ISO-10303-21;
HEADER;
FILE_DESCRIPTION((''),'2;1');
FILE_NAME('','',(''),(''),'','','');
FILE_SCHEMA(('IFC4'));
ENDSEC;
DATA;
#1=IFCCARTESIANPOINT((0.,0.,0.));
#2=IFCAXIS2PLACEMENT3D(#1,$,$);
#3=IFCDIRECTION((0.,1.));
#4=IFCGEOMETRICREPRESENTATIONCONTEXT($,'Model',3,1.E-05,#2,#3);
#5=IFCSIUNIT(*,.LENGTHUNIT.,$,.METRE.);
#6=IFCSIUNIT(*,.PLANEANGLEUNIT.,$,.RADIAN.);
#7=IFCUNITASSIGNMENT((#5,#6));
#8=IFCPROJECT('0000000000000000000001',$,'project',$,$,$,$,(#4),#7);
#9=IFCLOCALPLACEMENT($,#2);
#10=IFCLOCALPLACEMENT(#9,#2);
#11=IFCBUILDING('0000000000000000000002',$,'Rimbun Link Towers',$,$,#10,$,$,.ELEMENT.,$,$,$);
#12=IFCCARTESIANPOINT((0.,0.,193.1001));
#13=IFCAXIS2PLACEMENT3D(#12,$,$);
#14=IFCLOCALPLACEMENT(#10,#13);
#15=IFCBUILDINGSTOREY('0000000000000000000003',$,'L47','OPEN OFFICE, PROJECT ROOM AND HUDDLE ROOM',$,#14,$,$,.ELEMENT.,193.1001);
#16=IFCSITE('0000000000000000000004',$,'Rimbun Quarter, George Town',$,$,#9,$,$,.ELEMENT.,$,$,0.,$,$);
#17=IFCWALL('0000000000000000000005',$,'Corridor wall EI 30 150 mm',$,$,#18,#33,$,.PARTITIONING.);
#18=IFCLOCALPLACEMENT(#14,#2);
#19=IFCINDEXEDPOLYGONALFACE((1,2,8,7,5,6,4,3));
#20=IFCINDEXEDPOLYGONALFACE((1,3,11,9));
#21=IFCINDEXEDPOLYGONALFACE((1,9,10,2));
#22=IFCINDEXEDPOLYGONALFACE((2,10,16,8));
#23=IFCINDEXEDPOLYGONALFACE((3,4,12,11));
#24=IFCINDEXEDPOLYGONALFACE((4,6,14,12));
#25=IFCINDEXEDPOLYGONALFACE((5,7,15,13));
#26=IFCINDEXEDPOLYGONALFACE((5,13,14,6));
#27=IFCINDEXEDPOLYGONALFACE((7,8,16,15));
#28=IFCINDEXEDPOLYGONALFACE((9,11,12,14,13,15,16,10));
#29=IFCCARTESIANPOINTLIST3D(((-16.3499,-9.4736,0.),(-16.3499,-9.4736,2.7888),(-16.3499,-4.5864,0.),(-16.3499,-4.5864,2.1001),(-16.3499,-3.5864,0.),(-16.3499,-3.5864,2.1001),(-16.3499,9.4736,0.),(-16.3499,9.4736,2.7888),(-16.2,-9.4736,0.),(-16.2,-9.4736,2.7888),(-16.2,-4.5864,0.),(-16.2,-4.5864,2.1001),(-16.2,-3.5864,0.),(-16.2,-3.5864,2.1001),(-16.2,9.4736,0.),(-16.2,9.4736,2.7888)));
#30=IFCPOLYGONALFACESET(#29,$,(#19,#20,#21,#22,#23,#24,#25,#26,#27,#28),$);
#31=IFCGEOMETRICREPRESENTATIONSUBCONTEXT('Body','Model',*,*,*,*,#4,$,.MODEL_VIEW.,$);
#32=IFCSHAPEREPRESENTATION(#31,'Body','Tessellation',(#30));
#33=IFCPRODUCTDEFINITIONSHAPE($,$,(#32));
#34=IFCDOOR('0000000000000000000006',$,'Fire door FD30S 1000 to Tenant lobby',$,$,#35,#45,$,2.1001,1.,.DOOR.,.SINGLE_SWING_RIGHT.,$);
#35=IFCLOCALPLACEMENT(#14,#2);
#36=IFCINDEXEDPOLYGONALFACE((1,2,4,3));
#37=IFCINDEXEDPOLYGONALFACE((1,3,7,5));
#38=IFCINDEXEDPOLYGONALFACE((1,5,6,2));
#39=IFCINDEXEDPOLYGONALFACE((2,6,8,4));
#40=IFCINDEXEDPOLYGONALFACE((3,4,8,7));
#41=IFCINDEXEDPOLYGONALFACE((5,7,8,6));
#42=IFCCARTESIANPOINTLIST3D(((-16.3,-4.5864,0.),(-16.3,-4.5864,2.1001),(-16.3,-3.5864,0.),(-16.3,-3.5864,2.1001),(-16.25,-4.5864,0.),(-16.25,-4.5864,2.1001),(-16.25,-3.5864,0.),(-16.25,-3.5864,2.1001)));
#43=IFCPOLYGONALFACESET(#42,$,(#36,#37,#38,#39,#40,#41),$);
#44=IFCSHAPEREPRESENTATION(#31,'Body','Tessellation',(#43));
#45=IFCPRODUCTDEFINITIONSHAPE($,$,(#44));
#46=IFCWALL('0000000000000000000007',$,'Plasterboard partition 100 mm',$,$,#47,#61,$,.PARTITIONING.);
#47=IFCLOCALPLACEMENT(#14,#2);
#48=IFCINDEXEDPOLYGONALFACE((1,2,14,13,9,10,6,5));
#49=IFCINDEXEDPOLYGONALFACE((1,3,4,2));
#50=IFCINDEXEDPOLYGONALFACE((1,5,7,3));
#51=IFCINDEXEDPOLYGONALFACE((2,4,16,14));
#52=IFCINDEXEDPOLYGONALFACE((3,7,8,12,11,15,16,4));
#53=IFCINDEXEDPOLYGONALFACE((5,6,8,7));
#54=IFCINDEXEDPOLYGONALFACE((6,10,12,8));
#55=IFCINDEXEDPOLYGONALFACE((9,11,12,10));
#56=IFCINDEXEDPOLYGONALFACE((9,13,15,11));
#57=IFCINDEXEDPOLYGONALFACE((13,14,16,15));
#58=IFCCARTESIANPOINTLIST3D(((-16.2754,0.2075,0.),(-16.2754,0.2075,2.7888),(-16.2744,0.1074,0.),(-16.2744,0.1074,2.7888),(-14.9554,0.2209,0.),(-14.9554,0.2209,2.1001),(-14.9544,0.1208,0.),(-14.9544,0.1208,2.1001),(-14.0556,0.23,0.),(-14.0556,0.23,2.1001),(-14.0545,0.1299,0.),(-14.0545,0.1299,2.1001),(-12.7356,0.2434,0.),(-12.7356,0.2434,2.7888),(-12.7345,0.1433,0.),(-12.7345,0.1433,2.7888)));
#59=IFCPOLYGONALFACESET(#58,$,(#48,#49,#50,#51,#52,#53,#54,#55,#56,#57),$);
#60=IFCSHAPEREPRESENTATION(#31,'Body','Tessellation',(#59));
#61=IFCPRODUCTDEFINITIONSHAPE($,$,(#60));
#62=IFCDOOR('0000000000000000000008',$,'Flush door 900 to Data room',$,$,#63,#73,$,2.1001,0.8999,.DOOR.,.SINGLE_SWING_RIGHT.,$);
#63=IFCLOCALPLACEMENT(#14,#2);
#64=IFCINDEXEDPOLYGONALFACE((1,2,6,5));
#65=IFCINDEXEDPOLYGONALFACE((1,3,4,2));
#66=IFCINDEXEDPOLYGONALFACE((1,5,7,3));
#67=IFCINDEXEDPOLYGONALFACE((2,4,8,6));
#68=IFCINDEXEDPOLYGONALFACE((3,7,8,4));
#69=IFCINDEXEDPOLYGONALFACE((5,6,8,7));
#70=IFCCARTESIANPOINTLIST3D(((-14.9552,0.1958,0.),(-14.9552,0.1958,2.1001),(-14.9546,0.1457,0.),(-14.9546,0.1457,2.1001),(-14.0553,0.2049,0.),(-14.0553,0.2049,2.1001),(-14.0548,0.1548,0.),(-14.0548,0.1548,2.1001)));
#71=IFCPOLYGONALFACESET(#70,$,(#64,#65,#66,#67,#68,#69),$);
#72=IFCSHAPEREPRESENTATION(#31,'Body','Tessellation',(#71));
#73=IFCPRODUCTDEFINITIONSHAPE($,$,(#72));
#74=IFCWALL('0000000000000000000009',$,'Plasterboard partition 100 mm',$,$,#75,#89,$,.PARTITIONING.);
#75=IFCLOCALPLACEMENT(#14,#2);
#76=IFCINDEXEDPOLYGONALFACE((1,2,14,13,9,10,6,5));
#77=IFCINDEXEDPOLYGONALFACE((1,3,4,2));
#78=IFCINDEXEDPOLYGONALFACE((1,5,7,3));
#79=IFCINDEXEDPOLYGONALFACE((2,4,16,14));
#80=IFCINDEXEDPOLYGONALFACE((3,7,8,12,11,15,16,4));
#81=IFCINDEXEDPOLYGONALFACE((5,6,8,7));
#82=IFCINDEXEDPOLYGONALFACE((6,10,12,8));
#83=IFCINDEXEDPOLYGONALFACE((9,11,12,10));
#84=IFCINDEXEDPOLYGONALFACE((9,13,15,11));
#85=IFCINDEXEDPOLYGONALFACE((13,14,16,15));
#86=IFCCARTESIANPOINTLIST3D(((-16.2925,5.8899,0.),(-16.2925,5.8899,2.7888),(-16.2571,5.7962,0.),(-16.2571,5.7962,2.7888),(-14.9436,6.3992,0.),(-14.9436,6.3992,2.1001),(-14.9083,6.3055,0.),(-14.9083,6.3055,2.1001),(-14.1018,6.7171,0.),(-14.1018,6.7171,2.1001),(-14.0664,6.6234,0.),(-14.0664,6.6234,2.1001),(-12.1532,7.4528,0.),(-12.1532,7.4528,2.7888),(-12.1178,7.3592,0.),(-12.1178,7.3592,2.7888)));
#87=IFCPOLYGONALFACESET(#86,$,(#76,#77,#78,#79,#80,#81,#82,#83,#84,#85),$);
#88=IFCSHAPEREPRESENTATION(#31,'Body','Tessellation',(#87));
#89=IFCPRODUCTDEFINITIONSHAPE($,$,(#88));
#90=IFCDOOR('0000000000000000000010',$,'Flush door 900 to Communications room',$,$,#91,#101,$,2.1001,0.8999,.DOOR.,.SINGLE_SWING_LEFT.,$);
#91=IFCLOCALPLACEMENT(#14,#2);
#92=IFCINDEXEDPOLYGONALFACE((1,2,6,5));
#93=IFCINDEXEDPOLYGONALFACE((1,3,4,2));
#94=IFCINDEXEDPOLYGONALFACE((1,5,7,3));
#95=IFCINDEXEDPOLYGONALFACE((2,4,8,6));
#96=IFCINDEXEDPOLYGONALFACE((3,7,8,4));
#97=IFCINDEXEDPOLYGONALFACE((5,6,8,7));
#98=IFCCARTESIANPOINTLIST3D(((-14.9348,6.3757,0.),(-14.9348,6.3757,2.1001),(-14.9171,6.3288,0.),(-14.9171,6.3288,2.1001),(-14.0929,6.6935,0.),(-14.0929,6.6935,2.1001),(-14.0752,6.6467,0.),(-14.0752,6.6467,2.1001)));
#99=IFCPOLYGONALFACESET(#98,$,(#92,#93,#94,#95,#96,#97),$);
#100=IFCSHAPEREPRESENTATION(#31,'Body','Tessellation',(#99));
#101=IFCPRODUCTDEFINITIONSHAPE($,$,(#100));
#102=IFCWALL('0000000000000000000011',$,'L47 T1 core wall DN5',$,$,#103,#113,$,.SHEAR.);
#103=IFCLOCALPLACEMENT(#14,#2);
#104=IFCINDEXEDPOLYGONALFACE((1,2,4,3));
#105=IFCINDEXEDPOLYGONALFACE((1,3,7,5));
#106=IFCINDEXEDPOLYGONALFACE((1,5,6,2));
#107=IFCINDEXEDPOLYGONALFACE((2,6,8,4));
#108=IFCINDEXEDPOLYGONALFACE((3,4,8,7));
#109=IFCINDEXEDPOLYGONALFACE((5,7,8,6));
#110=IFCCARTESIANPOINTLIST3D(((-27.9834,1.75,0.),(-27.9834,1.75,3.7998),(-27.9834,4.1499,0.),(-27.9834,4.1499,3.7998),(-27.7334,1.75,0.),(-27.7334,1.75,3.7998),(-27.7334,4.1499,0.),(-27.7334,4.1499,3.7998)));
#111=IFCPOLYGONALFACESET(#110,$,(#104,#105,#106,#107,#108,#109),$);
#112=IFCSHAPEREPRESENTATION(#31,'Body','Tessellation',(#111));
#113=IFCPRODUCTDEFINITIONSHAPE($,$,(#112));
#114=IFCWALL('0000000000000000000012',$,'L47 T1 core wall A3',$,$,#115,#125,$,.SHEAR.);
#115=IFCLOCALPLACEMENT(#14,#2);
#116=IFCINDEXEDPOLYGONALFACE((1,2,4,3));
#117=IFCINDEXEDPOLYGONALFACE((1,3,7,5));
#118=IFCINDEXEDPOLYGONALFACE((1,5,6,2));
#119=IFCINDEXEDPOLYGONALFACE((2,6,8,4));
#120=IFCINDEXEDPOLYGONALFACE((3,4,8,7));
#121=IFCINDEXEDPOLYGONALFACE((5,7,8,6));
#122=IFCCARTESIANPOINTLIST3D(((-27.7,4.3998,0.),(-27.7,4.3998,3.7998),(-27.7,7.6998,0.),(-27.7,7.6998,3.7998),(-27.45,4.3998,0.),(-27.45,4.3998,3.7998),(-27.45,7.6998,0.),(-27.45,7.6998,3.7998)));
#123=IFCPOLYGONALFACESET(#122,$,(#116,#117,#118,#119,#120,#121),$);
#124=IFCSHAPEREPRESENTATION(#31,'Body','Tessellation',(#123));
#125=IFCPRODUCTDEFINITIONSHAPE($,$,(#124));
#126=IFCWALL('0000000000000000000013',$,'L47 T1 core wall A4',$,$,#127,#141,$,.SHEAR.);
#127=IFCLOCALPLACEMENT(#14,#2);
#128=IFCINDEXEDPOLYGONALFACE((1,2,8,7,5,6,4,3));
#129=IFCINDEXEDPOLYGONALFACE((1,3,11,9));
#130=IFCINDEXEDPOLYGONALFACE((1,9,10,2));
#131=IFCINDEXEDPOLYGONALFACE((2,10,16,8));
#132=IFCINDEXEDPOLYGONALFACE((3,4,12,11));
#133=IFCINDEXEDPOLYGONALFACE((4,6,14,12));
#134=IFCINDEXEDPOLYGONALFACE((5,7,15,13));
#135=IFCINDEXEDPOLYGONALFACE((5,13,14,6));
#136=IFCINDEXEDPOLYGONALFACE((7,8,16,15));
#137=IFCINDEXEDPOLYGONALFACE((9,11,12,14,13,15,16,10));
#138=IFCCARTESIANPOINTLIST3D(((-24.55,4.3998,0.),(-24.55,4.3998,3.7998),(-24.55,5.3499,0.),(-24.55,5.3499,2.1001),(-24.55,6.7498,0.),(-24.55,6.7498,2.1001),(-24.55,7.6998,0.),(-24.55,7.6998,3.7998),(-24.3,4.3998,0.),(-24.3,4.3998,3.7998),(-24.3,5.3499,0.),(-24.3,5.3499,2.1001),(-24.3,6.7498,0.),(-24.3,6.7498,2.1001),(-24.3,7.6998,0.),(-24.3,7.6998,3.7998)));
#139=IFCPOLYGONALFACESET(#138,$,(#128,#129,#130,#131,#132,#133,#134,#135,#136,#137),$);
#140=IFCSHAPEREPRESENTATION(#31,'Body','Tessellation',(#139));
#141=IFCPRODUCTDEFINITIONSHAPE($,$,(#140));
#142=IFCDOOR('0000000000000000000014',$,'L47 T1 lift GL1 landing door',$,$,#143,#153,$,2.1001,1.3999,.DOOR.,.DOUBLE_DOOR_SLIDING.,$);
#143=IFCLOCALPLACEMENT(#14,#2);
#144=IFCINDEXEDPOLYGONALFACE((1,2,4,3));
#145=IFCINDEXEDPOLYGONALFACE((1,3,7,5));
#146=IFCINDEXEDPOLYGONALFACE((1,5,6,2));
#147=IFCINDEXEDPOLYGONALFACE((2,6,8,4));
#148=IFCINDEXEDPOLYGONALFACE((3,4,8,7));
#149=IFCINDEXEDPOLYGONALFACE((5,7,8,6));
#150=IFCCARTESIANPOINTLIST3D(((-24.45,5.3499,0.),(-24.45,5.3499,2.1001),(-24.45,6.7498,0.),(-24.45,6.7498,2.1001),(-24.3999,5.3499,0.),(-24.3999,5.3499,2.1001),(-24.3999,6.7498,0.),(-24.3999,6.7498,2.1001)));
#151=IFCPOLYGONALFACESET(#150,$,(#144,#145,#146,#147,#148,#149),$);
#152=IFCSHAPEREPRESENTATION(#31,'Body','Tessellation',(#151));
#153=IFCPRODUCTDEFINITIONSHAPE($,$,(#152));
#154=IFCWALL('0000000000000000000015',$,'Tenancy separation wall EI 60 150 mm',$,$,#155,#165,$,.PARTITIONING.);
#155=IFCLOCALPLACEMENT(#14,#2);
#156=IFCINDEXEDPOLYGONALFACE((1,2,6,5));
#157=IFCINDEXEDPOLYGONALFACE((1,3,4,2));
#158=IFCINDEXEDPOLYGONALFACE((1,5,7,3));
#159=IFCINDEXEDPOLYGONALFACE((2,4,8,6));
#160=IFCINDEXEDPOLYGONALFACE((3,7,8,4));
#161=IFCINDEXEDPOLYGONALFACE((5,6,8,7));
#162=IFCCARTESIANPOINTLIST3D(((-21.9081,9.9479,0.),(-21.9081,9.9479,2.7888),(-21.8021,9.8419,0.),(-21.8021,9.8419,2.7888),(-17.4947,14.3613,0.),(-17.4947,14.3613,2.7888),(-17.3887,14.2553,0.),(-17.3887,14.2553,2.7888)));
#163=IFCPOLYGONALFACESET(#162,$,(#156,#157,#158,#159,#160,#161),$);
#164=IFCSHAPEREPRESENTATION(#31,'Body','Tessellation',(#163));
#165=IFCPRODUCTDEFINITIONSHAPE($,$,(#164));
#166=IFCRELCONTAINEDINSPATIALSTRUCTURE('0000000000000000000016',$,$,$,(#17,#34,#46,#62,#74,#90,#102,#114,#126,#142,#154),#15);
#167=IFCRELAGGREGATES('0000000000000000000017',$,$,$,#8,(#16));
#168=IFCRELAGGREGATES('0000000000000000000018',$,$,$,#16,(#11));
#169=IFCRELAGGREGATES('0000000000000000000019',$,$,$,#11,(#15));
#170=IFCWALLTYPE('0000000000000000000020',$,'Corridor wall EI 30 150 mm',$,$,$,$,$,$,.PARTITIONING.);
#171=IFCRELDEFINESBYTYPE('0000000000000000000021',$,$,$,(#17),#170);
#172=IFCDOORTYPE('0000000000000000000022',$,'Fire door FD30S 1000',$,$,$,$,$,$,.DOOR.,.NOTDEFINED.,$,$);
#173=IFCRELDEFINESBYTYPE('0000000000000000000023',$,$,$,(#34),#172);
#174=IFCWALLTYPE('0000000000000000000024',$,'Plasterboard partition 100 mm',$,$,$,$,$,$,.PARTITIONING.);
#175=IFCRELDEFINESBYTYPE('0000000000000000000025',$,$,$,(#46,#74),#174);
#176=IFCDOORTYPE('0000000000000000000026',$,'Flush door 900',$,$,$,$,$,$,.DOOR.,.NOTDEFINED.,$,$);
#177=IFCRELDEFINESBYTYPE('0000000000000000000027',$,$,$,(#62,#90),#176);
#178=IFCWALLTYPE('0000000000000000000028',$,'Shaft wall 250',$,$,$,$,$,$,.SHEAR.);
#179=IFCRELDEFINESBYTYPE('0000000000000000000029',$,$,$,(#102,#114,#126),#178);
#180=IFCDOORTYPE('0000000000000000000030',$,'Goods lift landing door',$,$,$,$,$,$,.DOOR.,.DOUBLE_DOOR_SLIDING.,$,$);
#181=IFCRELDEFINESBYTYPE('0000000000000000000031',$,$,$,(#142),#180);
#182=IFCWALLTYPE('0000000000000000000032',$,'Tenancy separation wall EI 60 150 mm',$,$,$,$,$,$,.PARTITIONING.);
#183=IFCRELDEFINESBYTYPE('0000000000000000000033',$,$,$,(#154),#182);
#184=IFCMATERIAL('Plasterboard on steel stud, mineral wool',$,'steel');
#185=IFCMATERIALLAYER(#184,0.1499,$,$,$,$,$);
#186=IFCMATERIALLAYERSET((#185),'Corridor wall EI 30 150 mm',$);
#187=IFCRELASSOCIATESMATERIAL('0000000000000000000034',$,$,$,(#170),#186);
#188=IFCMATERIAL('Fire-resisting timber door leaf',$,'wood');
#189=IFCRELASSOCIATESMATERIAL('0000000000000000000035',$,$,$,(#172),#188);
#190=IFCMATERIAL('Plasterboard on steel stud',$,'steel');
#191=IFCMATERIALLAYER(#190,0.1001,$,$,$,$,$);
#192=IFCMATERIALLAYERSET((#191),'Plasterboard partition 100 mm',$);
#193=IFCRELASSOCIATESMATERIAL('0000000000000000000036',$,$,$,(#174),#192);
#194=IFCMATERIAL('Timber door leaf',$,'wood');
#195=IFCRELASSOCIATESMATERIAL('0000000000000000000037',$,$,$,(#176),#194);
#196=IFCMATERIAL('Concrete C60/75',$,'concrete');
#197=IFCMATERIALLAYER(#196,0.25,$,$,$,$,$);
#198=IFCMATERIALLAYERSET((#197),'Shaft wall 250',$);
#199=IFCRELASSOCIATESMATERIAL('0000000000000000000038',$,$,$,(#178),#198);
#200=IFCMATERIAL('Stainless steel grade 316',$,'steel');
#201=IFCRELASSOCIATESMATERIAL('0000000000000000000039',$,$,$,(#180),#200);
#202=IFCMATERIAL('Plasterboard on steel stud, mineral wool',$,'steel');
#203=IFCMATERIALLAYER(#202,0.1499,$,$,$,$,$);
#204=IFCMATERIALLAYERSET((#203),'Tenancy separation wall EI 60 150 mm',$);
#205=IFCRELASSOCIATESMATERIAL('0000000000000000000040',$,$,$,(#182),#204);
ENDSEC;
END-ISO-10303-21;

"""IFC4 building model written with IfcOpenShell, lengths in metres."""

from ifc_helpers import new_model, si_unit, direction, frame, frame_2d, origin, place, context, subcontext, project, spatial, rectangle, extrude, material, layer, layer_set, type_object, element, fill, save


model = new_model("IFC4")

# Units and contexts
model_context = context("Model", 3, precision=1e-05, world=origin(), true_north=direction((0.0, 1.0)))
body_context = subcontext(model_context, "Body", "Model", "MODEL_VIEW")
ifc_project = project(units=[si_unit("LENGTHUNIT", "METRE"), si_unit("PLANEANGLEUNIT", "RADIAN")], contexts=[model_context])

# Site, building, storey
site_placement = place(None, origin())
site = spatial("IfcSite", under=ifc_project, at=site_placement, Name="Rimbun Quarter, George Town", CompositionType="ELEMENT", RefElevation=0.0)
building_placement = place(site_placement, origin())
building = spatial("IfcBuilding", under=site, at=building_placement, Name="Rimbun Link Towers", CompositionType="ELEMENT")
storey_placement = place(building_placement, frame((0.0, 0.0, 193.1001)))
storey = spatial("IfcBuildingStorey", under=building, at=storey_placement, Name="L47", Description="OPEN OFFICE, PROJECT ROOM AND HUDDLE ROOM", CompositionType="ELEMENT", Elevation=193.1001)

# Shared definitions
ifc_material_1 = material(Name="Plasterboard on steel stud, mineral wool", Category="steel")
ifc_layer_1 = layer(ifc_material_1, 0.1499)
ifc_layer_set_1 = layer_set([ifc_layer_1], Name="Corridor wall EI 30 150 mm")
wall_type_1 = type_object("IfcWallType", Name="Corridor wall EI 30 150 mm", PredefinedType="PARTITIONING", material=ifc_layer_set_1)

# Walls, openings, doors
wall_1_placement = place(storey_placement, frame((-16.2749, 9.4736, 0.0), z_axis=(0.0, 0.0, 1.0), x_axis=(0.0, -1.0, 0.0)))
wall_1 = element("IfcWall", 1, at=wall_1_placement, inside=storey, type_object=wall_type_1, Name="Corridor wall EI 30 150 mm", PredefinedType="PARTITIONING", context=body_context, shape_type="SweptSolid", body=[
    extrude(rectangle(XDim=18.9473, YDim=0.1499, at=frame_2d((9.4736, 0.0))), origin(), (0.0, 0.0, 1.0), 2.7888),
])
opening_1_placement = place(wall_1_placement, frame((13.0601, 0.0, 0.0)))
opening_1 = element("IfcOpeningElement", 2, at=opening_1_placement, cuts=wall_1, PredefinedType="OPENING", context=body_context, shape_type="SweptSolid", body=[
    extrude(rectangle(XDim=1.0, YDim=2.1001, at=frame_2d((0.5, 1.05))), frame((0.0, 0.085, 0.0), z_axis=(0.0, -1.0, 0.0), x_axis=(1.0, 0.0, 0.0)), (0.0, 0.0, 1.0), 0.1699),
])
ifc_material_2 = material(Name="Fire-resisting timber door leaf", Category="wood")
door_type_1 = type_object("IfcDoorType", Name="Fire door FD30S 1000", OperationType="NOTDEFINED", PredefinedType="DOOR", material=ifc_material_2)
door_1_placement = place(opening_1_placement, origin())
door_1 = element("IfcDoor", 3, at=door_1_placement, inside=storey, type_object=door_type_1, Name="Fire door FD30S 1000 to Tenant lobby", OperationType="SINGLE_SWING_RIGHT", OverallHeight=2.1001, OverallWidth=1.0, PredefinedType="DOOR", context=body_context, shape_type="SweptSolid", body=[
    extrude(rectangle(XDim=1.0, YDim=2.1001, at=frame_2d((0.5, 1.05))), frame((0.0, 0.0249, 0.0), z_axis=(0.0, -1.0, 0.0), x_axis=(1.0, 0.0, 0.0)), (0.0, 0.0, 1.0), 0.05),
])
fill(opening_1, door_1)
ifc_material_3 = material(Name="Plasterboard on steel stud", Category="steel")
ifc_layer_2 = layer(ifc_material_3, 0.1001)
ifc_layer_set_2 = layer_set([ifc_layer_2], Name="Plasterboard partition 100 mm")
wall_type_2 = type_object("IfcWallType", Name="Plasterboard partition 100 mm", PredefinedType="PARTITIONING", material=ifc_layer_set_2)
wall_2_placement = place(storey_placement, frame((-16.2749, 0.1575, 0.0), z_axis=(0.0, 0.0, 1.0), x_axis=(0.999949, 0.010138, 0.0)))
wall_2 = element("IfcWall", 4, at=wall_2_placement, inside=storey, type_object=wall_type_2, Name="Plasterboard partition 100 mm", PredefinedType="PARTITIONING", context=body_context, shape_type="SweptSolid", body=[
    extrude(rectangle(XDim=3.54, YDim=0.1001, at=frame_2d((1.77, 0.0))), origin(), (0.0, 0.0, 1.0), 2.7888),
])
opening_2_placement = place(wall_2_placement, frame((1.3201, 0.0, 0.0)))
opening_2 = element("IfcOpeningElement", 5, at=opening_2_placement, cuts=wall_2, PredefinedType="OPENING", context=body_context, shape_type="SweptSolid", body=[
    extrude(rectangle(XDim=0.8999, YDim=2.1001, at=frame_2d((0.45, 1.05))), frame((0.0, 0.0601, 0.0), z_axis=(0.0, -1.0, 0.0), x_axis=(1.0, 0.0, 0.0)), (0.0, 0.0, 1.0), 0.1201),
])
ifc_material_4 = material(Name="Timber door leaf", Category="wood")
door_type_2 = type_object("IfcDoorType", Name="Flush door 900", OperationType="NOTDEFINED", PredefinedType="DOOR", material=ifc_material_4)
door_2_placement = place(opening_2_placement, origin())
door_2 = element("IfcDoor", 6, at=door_2_placement, inside=storey, type_object=door_type_2, Name="Flush door 900 to Data room", OperationType="SINGLE_SWING_RIGHT", OverallHeight=2.1001, OverallWidth=0.8999, PredefinedType="DOOR", context=body_context, shape_type="SweptSolid", body=[
    extrude(rectangle(XDim=0.8999, YDim=2.1001, at=frame_2d((0.45, 1.05))), frame((0.0, 0.0249, 0.0), z_axis=(0.0, -1.0, 0.0), x_axis=(1.0, 0.0, 0.0)), (0.0, 0.0, 1.0), 0.05),
])
fill(opening_2, door_2)
wall_3_placement = place(storey_placement, frame((-16.2749, 5.843, 0.0), z_axis=(0.0, 0.0, 1.0), x_axis=(0.935531, 0.353245, 0.0)))
wall_3 = element("IfcWall", 7, at=wall_3_placement, inside=storey, type_object=wall_type_2, Name="Plasterboard partition 100 mm", PredefinedType="PARTITIONING", context=body_context, shape_type="SweptSolid", body=[
    extrude(rectangle(XDim=4.4246, YDim=0.1001, at=frame_2d((2.2124, 0.0))), origin(), (0.0, 0.0, 1.0), 2.7888),
])
opening_3_placement = place(wall_3_placement, frame((1.4419, 0.0, 0.0)))
opening_3 = element("IfcOpeningElement", 8, at=opening_3_placement, cuts=wall_3, PredefinedType="OPENING", context=body_context, shape_type="SweptSolid", body=[
    extrude(rectangle(XDim=0.8999, YDim=2.1001, at=frame_2d((0.45, 1.05))), frame((0.0, 0.0601, 0.0), z_axis=(0.0, -1.0, 0.0), x_axis=(1.0, 0.0, 0.0)), (0.0, 0.0, 1.0), 0.1201),
])
door_3_placement = place(opening_3_placement, origin())
door_3 = element("IfcDoor", 9, at=door_3_placement, inside=storey, type_object=door_type_2, Name="Flush door 900 to Communications room", OperationType="SINGLE_SWING_LEFT", OverallHeight=2.1001, OverallWidth=0.8999, PredefinedType="DOOR", context=body_context, shape_type="SweptSolid", body=[
    extrude(rectangle(XDim=0.8999, YDim=2.1001, at=frame_2d((0.45, 1.05))), frame((0.0, 0.0249, 0.0), z_axis=(0.0, -1.0, 0.0), x_axis=(1.0, 0.0, 0.0)), (0.0, 0.0, 1.0), 0.05),
])
fill(opening_3, door_3)

# Walls
ifc_material_5 = material(Name="Concrete C60/75", Category="concrete")
ifc_layer_3 = layer(ifc_material_5, 0.25)
ifc_layer_set_3 = layer_set([ifc_layer_3], Name="Shaft wall 250")
wall_type_3 = type_object("IfcWallType", Name="Shaft wall 250", PredefinedType="SHEAR", material=ifc_layer_set_3)
wall_4_placement = place(storey_placement, frame((-27.8584, 1.75, 0.0), z_axis=(0.0, 0.0, 1.0), x_axis=(0.0, 1.0, 0.0)))
element("IfcWall", 10, at=wall_4_placement, inside=storey, type_object=wall_type_3, Name="L47 T1 core wall DN5", PredefinedType="SHEAR", context=body_context, shape_type="SweptSolid", body=[
    extrude(rectangle(XDim=2.3999, YDim=0.25, at=frame_2d((1.2, 0.0))), origin(), (0.0, 0.0, 1.0), 3.7998),
])
wall_5_placement = place(storey_placement, frame((-27.575, 4.3999, 0.0), z_axis=(0.0, 0.0, 1.0), x_axis=(0.0, 1.0, 0.0)))
element("IfcWall", 11, at=wall_5_placement, inside=storey, type_object=wall_type_3, Name="L47 T1 core wall A3", PredefinedType="SHEAR", context=body_context, shape_type="SweptSolid", body=[
    extrude(rectangle(XDim=3.3, YDim=0.25, at=frame_2d((1.6499, 0.0))), origin(), (0.0, 0.0, 1.0), 3.7998),
])

# Wall, opening, door
wall_6_placement = place(storey_placement, frame((-24.425, 4.3999, 0.0), z_axis=(0.0, 0.0, 1.0), x_axis=(0.0, 1.0, 0.0)))
wall_6 = element("IfcWall", 12, at=wall_6_placement, inside=storey, type_object=wall_type_3, Name="L47 T1 core wall A4", PredefinedType="SHEAR", context=body_context, shape_type="SweptSolid", body=[
    extrude(rectangle(XDim=3.3, YDim=0.25, at=frame_2d((1.6499, 0.0))), origin(), (0.0, 0.0, 1.0), 3.7998),
])
opening_4_placement = place(wall_6_placement, frame((0.95, 0.0, 0.0)))
opening_4 = element("IfcOpeningElement", 13, at=opening_4_placement, cuts=wall_6, PredefinedType="OPENING", context=body_context, shape_type="SweptSolid", body=[
    extrude(rectangle(XDim=1.3999, YDim=2.1001, at=frame_2d((0.7, 1.05))), frame((0.0, 0.135, 0.0), z_axis=(0.0, -1.0, 0.0), x_axis=(1.0, 0.0, 0.0)), (0.0, 0.0, 1.0), 0.27),
])
ifc_material_6 = material(Name="Stainless steel grade 316", Category="steel")
door_type_3 = type_object("IfcDoorType", Name="Goods lift landing door", OperationType="DOUBLE_DOOR_SLIDING", PredefinedType="DOOR", material=ifc_material_6)
door_4_placement = place(opening_4_placement, origin())
door_4 = element("IfcDoor", 14, at=door_4_placement, inside=storey, type_object=door_type_3, Name="L47 T1 lift GL1 landing door", OperationType="DOUBLE_DOOR_SLIDING", OverallHeight=2.1001, OverallWidth=1.3999, PredefinedType="DOOR", context=body_context, shape_type="SweptSolid", body=[
    extrude(rectangle(XDim=1.3999, YDim=2.1001, at=frame_2d((0.7, 1.05))), frame((0.0, 0.0249, 0.0), z_axis=(0.0, -1.0, 0.0), x_axis=(1.0, 0.0, 0.0)), (0.0, 0.0, 1.0), 0.05),
])
fill(opening_4, door_4)

# Wall
ifc_material_7 = material(Name="Plasterboard on steel stud, mineral wool", Category="steel")
ifc_layer_4 = layer(ifc_material_7, 0.1499)
ifc_layer_set_4 = layer_set([ifc_layer_4], Name="Tenancy separation wall EI 60 150 mm")
wall_type_4 = type_object("IfcWallType", Name="Tenancy separation wall EI 60 150 mm", PredefinedType="PARTITIONING", material=ifc_layer_set_4)
wall_7_placement = place(storey_placement, frame((-21.855, 9.895, 0.0), z_axis=(0.0, 0.0, 1.0), x_axis=(0.707107, 0.707107, 0.0)))
element("IfcWall", 15, at=wall_7_placement, inside=storey, type_object=wall_type_4, Name="Tenancy separation wall EI 60 150 mm", PredefinedType="PARTITIONING", context=body_context, shape_type="SweptSolid", body=[
    extrude(rectangle(XDim=6.2415, YDim=0.1499, at=frame_2d((3.1206, 0.0))), origin(), (0.0, 0.0, 1.0), 2.7888),
])

save(model, "model.ifc")
